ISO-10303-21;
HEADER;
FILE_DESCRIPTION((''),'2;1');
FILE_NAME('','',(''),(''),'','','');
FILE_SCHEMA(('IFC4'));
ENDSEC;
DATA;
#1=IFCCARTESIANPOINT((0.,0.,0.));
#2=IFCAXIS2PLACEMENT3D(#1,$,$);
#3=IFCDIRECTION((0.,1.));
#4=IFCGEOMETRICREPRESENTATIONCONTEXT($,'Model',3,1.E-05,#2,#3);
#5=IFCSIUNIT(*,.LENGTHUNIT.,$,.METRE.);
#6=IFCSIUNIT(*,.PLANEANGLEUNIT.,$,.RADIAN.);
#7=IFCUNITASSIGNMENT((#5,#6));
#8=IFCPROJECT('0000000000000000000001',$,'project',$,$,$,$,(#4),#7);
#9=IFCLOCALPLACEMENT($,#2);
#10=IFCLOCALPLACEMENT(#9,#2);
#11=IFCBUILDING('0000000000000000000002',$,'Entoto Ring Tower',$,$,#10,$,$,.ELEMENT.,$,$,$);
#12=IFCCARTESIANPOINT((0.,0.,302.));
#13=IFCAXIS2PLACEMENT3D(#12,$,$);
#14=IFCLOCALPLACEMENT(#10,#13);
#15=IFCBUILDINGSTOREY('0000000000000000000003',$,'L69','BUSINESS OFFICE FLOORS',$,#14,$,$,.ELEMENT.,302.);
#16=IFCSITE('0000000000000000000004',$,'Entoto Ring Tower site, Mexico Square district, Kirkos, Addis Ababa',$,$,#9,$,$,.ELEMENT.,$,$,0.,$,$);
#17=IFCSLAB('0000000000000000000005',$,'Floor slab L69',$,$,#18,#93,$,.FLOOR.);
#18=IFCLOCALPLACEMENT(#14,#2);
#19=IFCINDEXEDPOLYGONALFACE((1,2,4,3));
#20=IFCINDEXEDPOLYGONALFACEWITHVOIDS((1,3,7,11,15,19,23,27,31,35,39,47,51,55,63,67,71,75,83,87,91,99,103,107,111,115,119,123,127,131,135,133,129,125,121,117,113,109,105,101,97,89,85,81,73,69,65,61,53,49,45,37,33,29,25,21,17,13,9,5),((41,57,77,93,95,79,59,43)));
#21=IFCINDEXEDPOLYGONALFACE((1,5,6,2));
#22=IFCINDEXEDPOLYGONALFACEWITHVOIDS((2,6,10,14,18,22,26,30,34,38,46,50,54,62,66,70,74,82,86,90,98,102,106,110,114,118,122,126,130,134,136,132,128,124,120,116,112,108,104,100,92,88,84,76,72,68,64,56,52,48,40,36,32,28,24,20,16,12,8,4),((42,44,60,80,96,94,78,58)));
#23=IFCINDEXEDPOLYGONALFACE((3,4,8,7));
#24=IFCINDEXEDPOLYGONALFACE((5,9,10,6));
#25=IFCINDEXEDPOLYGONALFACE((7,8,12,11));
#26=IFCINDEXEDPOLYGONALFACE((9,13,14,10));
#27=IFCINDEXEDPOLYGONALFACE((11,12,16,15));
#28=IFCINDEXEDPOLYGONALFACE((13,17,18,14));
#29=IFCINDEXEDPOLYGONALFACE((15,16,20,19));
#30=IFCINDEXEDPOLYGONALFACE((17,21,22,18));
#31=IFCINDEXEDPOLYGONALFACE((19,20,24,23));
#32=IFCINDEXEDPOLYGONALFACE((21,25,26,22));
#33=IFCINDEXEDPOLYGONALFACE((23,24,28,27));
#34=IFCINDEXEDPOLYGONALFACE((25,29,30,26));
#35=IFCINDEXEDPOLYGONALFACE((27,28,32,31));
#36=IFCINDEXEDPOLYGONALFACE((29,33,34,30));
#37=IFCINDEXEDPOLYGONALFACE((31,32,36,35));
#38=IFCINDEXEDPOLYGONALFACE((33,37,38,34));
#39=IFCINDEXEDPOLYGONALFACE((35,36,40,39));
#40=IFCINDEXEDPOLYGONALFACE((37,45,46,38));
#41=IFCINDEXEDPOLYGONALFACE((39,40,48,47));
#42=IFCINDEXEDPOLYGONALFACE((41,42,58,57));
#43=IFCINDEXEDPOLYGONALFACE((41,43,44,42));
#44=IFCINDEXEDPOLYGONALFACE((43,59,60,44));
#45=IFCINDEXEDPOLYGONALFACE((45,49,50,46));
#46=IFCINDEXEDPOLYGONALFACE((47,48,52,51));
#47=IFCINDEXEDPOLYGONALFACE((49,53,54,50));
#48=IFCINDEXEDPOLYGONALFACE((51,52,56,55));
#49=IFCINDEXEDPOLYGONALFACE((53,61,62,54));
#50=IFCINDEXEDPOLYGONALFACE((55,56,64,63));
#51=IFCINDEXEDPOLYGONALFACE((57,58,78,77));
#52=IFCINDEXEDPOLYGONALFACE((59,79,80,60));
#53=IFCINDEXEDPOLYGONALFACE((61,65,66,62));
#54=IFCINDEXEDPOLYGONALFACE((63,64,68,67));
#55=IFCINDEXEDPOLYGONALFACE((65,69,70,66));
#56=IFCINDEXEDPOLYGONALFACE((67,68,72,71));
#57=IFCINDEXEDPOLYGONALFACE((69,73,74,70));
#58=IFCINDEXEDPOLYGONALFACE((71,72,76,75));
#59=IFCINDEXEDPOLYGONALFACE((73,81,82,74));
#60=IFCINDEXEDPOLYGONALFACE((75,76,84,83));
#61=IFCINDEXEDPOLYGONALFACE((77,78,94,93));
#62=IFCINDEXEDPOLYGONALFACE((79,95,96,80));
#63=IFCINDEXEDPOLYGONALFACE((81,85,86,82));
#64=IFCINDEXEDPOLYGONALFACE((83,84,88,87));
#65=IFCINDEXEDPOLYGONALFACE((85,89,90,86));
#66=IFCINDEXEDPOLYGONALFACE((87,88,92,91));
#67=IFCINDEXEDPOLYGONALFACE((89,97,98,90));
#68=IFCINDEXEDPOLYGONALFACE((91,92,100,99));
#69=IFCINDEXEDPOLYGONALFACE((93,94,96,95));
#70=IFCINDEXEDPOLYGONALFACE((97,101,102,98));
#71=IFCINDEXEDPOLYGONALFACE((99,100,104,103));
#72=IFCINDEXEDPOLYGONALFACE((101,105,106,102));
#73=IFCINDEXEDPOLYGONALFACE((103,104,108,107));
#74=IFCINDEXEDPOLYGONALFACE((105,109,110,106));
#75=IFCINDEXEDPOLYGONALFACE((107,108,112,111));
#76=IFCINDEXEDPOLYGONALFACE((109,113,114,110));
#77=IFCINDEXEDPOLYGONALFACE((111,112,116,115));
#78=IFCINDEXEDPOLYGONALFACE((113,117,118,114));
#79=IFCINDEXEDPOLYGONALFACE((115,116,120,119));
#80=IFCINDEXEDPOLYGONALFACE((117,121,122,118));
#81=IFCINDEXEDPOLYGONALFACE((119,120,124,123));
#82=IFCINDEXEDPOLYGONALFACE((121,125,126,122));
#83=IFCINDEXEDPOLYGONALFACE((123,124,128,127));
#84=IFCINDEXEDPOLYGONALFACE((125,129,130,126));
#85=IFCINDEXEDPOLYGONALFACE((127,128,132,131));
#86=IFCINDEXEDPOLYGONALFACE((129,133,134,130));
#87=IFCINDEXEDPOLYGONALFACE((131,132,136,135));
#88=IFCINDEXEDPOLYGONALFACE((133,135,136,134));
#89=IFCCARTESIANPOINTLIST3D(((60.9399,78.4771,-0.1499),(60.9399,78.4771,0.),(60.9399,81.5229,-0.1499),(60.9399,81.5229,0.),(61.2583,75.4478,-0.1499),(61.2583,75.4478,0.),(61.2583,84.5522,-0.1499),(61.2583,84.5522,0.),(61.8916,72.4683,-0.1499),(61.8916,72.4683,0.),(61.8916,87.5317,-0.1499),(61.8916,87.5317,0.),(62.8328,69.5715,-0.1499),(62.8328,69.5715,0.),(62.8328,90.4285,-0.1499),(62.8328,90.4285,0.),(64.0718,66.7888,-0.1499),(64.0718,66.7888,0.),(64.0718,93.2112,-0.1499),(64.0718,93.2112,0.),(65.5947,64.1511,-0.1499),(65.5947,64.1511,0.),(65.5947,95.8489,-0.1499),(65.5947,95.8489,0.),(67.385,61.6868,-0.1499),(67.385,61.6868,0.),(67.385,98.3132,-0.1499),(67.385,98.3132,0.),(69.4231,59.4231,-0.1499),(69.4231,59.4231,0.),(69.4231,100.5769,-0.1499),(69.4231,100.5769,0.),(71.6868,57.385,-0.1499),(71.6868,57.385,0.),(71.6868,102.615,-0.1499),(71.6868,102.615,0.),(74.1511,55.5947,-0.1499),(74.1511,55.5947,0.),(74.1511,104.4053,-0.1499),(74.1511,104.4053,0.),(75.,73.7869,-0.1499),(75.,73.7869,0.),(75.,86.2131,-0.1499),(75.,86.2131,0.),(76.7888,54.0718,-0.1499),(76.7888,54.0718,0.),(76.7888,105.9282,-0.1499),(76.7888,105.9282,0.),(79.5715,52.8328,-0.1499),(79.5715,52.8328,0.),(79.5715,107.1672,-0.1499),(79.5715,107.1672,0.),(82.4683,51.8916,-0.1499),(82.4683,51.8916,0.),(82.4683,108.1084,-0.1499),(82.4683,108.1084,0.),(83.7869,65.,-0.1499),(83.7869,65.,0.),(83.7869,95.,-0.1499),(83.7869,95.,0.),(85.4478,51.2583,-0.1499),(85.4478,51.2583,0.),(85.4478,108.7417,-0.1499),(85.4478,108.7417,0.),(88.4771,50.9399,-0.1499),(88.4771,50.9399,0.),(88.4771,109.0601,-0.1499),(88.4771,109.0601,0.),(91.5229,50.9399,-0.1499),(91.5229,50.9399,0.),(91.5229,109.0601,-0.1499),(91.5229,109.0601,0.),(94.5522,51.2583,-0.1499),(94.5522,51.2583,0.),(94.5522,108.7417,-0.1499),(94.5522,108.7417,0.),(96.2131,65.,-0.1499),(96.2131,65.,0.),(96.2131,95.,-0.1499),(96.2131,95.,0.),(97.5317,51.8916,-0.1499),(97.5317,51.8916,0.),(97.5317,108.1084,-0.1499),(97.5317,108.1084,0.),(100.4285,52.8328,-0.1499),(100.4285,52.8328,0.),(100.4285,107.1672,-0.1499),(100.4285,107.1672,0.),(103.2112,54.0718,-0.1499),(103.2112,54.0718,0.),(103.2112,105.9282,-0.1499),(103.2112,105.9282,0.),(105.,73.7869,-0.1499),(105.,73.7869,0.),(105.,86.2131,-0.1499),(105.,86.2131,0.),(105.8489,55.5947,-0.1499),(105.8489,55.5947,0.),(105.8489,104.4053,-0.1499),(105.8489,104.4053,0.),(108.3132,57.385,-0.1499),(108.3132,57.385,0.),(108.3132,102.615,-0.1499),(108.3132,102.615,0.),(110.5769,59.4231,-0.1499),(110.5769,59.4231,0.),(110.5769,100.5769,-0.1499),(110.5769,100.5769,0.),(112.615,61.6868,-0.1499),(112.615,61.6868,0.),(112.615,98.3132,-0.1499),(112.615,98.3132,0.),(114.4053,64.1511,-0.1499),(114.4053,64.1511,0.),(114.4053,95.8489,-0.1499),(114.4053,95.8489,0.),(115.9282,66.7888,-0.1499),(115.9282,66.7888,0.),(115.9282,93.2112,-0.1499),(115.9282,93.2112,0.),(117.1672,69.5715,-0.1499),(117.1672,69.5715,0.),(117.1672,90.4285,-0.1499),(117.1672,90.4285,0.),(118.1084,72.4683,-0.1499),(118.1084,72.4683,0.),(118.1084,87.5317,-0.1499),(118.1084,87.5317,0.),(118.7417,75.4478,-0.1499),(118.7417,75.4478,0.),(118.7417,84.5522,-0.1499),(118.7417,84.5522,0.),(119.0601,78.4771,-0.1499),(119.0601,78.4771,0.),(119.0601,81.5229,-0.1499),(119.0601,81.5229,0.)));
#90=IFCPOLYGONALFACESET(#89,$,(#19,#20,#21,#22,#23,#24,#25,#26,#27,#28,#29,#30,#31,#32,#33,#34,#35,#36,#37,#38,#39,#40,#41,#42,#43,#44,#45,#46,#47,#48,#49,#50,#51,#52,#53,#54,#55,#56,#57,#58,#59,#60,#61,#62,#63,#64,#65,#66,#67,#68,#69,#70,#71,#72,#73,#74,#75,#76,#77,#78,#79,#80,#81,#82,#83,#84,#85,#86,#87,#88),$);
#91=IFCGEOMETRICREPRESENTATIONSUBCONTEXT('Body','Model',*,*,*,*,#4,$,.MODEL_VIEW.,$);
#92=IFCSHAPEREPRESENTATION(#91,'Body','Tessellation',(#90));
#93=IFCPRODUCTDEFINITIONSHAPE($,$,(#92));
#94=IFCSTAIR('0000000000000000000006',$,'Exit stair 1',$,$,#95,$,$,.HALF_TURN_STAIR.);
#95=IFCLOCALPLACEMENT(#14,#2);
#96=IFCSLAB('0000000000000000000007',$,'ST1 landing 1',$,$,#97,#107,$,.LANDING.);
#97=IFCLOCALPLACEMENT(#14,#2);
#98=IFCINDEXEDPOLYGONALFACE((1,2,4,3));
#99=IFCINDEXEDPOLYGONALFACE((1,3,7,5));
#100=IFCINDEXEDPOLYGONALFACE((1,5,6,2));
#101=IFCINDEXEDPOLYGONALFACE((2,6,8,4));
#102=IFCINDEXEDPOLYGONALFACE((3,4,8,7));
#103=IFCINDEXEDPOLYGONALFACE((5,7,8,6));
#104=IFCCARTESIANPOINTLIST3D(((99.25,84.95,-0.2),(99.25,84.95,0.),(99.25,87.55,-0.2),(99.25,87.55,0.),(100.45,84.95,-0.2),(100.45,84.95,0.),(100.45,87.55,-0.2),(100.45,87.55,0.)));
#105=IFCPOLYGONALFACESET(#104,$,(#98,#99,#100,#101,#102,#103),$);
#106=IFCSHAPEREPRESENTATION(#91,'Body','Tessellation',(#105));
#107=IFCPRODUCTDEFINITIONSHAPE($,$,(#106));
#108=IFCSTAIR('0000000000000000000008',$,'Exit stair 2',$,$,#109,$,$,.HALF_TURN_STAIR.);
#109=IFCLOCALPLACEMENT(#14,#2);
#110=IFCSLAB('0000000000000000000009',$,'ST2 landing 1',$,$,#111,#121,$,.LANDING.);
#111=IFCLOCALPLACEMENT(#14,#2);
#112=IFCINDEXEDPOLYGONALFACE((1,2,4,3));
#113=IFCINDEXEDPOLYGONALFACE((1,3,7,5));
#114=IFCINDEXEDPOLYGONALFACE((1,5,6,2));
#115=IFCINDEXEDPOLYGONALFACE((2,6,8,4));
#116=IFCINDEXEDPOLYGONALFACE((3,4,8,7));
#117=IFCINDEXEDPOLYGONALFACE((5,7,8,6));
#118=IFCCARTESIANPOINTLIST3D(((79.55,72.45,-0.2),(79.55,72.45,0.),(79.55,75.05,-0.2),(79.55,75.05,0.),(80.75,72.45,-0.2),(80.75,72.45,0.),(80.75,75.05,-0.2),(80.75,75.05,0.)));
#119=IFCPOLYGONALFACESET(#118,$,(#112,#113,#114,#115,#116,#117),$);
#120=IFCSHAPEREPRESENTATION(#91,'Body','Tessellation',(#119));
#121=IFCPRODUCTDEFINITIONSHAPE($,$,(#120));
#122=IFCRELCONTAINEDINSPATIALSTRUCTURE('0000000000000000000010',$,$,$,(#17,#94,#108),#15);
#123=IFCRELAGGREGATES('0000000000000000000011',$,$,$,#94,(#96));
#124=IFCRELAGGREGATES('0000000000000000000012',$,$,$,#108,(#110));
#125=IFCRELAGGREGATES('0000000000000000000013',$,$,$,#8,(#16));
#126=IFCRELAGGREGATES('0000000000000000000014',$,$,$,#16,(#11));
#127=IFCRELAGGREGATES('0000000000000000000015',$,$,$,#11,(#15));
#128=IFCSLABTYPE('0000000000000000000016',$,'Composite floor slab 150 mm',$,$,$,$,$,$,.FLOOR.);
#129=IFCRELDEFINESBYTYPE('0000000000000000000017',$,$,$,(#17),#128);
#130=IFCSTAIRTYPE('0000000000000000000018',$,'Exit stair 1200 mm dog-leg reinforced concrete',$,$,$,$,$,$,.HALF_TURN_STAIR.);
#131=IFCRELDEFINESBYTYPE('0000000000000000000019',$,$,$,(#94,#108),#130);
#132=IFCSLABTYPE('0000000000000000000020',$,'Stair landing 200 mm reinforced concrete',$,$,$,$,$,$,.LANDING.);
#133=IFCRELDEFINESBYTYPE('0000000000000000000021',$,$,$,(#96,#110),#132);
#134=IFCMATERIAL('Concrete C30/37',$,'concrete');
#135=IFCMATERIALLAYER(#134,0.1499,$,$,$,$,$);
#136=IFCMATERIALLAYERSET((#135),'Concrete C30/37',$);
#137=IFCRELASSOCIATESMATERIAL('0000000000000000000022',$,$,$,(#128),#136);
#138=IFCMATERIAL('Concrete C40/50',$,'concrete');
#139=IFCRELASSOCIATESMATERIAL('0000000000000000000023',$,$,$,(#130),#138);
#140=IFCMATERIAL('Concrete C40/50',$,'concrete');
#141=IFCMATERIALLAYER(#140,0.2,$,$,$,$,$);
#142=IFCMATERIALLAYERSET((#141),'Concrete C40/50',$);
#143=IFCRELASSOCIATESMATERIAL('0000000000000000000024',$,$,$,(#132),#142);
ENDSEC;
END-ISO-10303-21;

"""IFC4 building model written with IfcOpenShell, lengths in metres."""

from ifc_helpers import new_model, si_unit, direction, frame, origin, place, context, subcontext, project, spatial, polyline, outline, extrude, material, layer, layer_set, type_object, element, aggregate, save


model = new_model("IFC4")

# Units and contexts
model_context = context("Model", 3, precision=1e-05, world=origin(), true_north=direction((0.0, 1.0)))
body_context = subcontext(model_context, "Body", "Model", "MODEL_VIEW")
ifc_project = project(units=[si_unit("LENGTHUNIT", "METRE"), si_unit("PLANEANGLEUNIT", "RADIAN")], contexts=[model_context])

# Site, building, storey
site_placement = place(None, origin())
building_placement = place(site_placement, origin())
storey_placement = place(building_placement, frame((0.0, 0.0, 302.0)))
site = spatial("IfcSite", under=ifc_project, at=site_placement, Name="Entoto Ring Tower site, Mexico Square district, Kirkos, Addis Ababa", CompositionType="ELEMENT", RefElevation=0.0)
building = spatial("IfcBuilding", under=site, at=building_placement, Name="Entoto Ring Tower", CompositionType="ELEMENT")
storey = spatial("IfcBuildingStorey", under=building, at=storey_placement, Name="L69", Description="BUSINESS OFFICE FLOORS", CompositionType="ELEMENT", Elevation=302.0)

# Slab
ifc_material_1 = material(Name="Concrete C30/37", Category="concrete")
ifc_layer_1 = layer(ifc_material_1, 0.1499)
ifc_layer_set_1 = layer_set([ifc_layer_1], Name="Concrete C30/37")
slab_type_1 = type_object("IfcSlabType", Name="Composite floor slab 150 mm", PredefinedType="FLOOR", material=ifc_layer_set_1)
slab_1_placement = place(storey_placement, frame((0.0, 0.0, -0.1499)))
element("IfcSlab", 1, at=slab_1_placement, inside=storey, type_object=slab_type_1, Name="Floor slab L69", PredefinedType="FLOOR", context=body_context, shape_type="SweptSolid", body=[
    extrude(outline(polyline([(118.7417, 84.5522), (118.1084, 87.5317), (117.1672, 90.4285), (115.9282, 93.2112), (114.4053, 95.8489), (112.615, 98.3132), (110.5769, 100.5769), (108.3132, 102.615), (105.8489, 104.4053), (103.2112, 105.9282), (100.4285, 107.1672), (97.5317, 108.1084), (94.5522, 108.7417), (91.5229, 109.0601), (88.4771, 109.0601), (85.4478, 108.7417), (82.4683, 108.1084), (79.5715, 107.1672), (76.7888, 105.9282), (74.1511, 104.4053), (71.6868, 102.615), (69.4231, 100.5769), (67.385, 98.3132), (65.5947, 95.8489), (64.0718, 93.2112), (62.8328, 90.4285), (61.8916, 87.5317), (61.2583, 84.5522), (60.9399, 81.5229), (60.9399, 78.4771), (61.2583, 75.4478), (61.8916, 72.4683), (62.8328, 69.5715), (64.0718, 66.7888), (65.5947, 64.1511), (67.385, 61.6868), (69.4231, 59.4231), (71.6868, 57.385), (74.1511, 55.5947), (76.7888, 54.0718), (79.5715, 52.8328), (82.4683, 51.8916), (85.4478, 51.2583), (88.4771, 50.9399), (91.5229, 50.9399), (94.5522, 51.2583), (97.5317, 51.8916), (100.4285, 52.8328), (103.2112, 54.0718), (105.8489, 55.5947), (108.3132, 57.385), (110.5769, 59.4231), (112.615, 61.6868), (114.4053, 64.1511), (115.9282, 66.7888), (117.1672, 69.5715), (118.1084, 72.4683), (118.7417, 75.4478), (119.0601, 78.4771), (119.0601, 81.5229), (118.7417, 84.5522)]), holes=[polyline([(105.0, 73.7869), (105.0, 86.2131), (96.2131, 95.0), (83.7869, 95.0), (75.0, 86.2131), (75.0, 73.7869), (83.7869, 65.0), (96.2131, 65.0), (105.0, 73.7869)])]), origin(), (0.0, 0.0, 1.0), 0.1499),
])

# Stairs, slabs
ifc_material_2 = material(Name="Concrete C40/50", Category="concrete")
stair_type = type_object("IfcStairType", Name="Exit stair 1200 mm dog-leg reinforced concrete", PredefinedType="HALF_TURN_STAIR", material=ifc_material_2)
stair_1_placement = place(storey_placement, origin())
stair_1 = element("IfcStair", 2, at=stair_1_placement, inside=storey, type_object=stair_type, Name="Exit stair 1", PredefinedType="HALF_TURN_STAIR")
ifc_material_3 = material(Name="Concrete C40/50", Category="concrete")
ifc_layer_2 = layer(ifc_material_3, 0.2)
ifc_layer_set_2 = layer_set([ifc_layer_2], Name="Concrete C40/50")
slab_type_2 = type_object("IfcSlabType", Name="Stair landing 200 mm reinforced concrete", PredefinedType="LANDING", material=ifc_layer_set_2)
slab_2_placement = place(storey_placement, frame((0.0, 0.0, -0.2)))
slab_2 = element("IfcSlab", 3, at=slab_2_placement, type_object=slab_type_2, Name="ST1 landing 1", PredefinedType="LANDING", context=body_context, shape_type="SweptSolid", body=[
    extrude(outline(polyline([(100.45, 84.95), (100.45, 87.55), (99.25, 87.55), (99.25, 84.95), (100.45, 84.95)])), origin(), (0.0, 0.0, 1.0), 0.2),
])
aggregate(stair_1, [slab_2])
stair_2_placement = place(storey_placement, origin())
stair_2 = element("IfcStair", 4, at=stair_2_placement, inside=storey, type_object=stair_type, Name="Exit stair 2", PredefinedType="HALF_TURN_STAIR")
slab_3_placement = place(storey_placement, frame((0.0, 0.0, -0.2)))
slab_3 = element("IfcSlab", 5, at=slab_3_placement, type_object=slab_type_2, Name="ST2 landing 1", PredefinedType="LANDING", context=body_context, shape_type="SweptSolid", body=[
    extrude(outline(polyline([(80.75, 72.45), (80.75, 75.05), (79.55, 75.05), (79.55, 72.45), (80.75, 72.45)])), origin(), (0.0, 0.0, 1.0), 0.2),
])
aggregate(stair_2, [slab_3])

save(model, "model.ifc")
